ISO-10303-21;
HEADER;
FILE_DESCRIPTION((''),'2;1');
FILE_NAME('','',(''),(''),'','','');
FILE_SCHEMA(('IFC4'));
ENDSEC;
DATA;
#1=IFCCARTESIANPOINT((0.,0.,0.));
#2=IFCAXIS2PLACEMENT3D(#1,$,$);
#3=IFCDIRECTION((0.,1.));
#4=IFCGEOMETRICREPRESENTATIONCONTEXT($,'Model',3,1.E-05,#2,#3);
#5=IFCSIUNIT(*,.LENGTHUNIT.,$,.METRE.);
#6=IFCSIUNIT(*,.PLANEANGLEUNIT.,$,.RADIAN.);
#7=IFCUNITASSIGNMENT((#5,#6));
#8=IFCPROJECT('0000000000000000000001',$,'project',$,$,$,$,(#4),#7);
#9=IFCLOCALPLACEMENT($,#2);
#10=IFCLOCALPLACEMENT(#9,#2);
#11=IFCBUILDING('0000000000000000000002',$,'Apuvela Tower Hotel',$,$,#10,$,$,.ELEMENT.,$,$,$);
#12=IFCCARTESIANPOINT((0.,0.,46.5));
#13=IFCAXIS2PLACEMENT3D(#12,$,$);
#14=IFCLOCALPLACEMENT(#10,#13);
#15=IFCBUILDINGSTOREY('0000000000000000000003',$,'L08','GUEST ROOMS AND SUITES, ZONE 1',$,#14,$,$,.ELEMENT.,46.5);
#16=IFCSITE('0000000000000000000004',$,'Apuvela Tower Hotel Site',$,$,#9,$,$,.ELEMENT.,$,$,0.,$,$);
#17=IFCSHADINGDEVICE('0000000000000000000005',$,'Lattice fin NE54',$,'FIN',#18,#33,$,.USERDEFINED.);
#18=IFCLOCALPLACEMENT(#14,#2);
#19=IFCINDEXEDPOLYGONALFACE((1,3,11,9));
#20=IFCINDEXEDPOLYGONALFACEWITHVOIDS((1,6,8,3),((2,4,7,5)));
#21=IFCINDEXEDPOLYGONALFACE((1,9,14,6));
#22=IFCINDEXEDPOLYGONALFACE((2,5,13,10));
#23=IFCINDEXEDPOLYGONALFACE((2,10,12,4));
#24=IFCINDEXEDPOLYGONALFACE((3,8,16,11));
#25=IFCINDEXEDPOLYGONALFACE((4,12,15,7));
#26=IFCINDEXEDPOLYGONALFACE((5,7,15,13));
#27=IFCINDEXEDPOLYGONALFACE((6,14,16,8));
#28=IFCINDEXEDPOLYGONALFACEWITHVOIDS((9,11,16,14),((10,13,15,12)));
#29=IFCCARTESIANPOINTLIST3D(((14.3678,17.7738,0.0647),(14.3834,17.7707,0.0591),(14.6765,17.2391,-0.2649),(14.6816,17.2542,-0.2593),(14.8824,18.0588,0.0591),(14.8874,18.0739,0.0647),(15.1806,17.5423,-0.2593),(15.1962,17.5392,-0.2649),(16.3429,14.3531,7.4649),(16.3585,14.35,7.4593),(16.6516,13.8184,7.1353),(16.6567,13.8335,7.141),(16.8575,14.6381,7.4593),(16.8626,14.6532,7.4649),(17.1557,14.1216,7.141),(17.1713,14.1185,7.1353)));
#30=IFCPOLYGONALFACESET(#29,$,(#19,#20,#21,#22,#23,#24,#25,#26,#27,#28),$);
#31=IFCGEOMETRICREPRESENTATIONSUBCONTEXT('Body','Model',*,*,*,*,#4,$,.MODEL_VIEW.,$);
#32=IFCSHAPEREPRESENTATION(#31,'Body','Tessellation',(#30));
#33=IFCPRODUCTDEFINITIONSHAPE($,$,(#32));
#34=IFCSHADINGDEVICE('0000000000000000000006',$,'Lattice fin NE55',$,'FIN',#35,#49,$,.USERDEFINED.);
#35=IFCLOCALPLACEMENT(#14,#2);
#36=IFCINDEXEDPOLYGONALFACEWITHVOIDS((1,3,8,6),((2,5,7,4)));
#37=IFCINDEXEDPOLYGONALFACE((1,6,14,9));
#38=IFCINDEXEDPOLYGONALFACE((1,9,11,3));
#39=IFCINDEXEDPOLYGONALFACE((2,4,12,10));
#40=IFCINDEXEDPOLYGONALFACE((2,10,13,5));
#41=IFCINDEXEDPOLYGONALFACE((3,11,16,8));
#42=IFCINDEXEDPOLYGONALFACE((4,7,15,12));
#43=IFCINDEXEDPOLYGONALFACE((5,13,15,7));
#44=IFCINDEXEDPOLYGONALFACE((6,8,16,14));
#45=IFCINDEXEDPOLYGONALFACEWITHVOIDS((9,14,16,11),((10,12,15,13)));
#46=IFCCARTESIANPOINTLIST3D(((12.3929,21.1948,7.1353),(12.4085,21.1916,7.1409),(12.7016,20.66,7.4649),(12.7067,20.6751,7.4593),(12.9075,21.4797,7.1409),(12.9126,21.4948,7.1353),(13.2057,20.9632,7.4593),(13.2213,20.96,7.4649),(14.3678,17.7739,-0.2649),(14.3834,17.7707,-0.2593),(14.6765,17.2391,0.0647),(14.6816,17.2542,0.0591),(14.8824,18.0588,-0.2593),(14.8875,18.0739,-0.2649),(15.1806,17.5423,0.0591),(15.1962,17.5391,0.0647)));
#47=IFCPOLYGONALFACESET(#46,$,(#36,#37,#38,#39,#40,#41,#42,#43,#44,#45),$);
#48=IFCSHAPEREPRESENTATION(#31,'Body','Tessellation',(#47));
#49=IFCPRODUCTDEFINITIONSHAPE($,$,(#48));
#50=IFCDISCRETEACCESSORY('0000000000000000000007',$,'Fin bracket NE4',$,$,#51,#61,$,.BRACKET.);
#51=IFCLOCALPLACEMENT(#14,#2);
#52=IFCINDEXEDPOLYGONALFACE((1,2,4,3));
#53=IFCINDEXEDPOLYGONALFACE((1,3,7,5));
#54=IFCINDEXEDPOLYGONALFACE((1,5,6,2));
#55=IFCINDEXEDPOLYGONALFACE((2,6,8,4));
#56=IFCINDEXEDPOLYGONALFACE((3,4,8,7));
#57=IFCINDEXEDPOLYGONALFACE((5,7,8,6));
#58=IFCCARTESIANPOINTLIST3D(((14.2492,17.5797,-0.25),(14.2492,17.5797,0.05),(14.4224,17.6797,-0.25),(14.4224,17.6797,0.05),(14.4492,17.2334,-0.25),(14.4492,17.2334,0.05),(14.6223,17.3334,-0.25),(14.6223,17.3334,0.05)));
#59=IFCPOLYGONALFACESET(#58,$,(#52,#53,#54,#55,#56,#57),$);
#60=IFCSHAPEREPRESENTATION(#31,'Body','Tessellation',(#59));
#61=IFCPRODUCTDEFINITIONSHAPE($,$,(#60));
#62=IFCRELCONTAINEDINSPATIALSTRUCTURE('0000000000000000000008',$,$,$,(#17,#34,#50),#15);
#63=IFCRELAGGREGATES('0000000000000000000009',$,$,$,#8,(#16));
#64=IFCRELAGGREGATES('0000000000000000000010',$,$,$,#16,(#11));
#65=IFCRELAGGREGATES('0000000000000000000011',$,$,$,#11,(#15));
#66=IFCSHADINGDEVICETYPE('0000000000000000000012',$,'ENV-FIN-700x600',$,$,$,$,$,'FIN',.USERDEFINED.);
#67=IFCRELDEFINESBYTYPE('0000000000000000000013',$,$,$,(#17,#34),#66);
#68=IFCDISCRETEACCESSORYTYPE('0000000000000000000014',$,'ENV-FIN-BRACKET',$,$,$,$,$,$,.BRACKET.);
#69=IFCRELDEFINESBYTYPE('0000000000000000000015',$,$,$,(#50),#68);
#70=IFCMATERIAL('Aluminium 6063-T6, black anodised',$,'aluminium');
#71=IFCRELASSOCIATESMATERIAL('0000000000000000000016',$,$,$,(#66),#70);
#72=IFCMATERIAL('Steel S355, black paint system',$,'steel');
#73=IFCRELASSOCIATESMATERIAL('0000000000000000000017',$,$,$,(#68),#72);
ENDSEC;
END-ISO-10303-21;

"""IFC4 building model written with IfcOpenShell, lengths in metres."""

from ifc_helpers import new_model, si_unit, direction, frame, origin, origin_2d, place, context, subcontext, project, spatial, rectangle, hollow_rectangle, extrude, material, material_profile, profile_set, type_object, element, save


model = new_model("IFC4")

# Units and contexts
model_context = context("Model", 3, precision=1e-05, world=origin(), true_north=direction((0.0, 1.0)))
body_context = subcontext(model_context, "Body", "Model", "MODEL_VIEW")
ifc_project = project(units=[si_unit("LENGTHUNIT", "METRE"), si_unit("PLANEANGLEUNIT", "RADIAN")], contexts=[model_context])

# Site, building, storey
site_placement = place(None, origin())
site = spatial("IfcSite", under=ifc_project, at=site_placement, Name="Apuvela Tower Hotel Site", CompositionType="ELEMENT", RefElevation=0.0)
building_placement = place(site_placement, origin())
building = spatial("IfcBuilding", under=site, at=building_placement, Name="Apuvela Tower Hotel", CompositionType="ELEMENT")
storey_placement = place(building_placement, frame((0.0, 0.0, 46.5)))
storey = spatial("IfcBuildingStorey", under=building, at=storey_placement, Name="L08", Description="GUEST ROOMS AND SUITES, ZONE 1", CompositionType="ELEMENT", Elevation=46.5)

# Shading devices
ifc_material_1 = material(Name="Aluminium 6063-T6, black anodised", Category="aluminium")
ifc_material_profile_1 = material_profile(ifc_material_1, hollow_rectangle(XDim=0.6001, YDim=0.7, WallThickness=0.012, at=origin_2d()), Name="AL BOX 700x600x12")
ifc_profile_set_1 = profile_set([ifc_material_profile_1], Name="Aluminium 6063-T6, black anodised")
shading_device_type = type_object("IfcShadingDeviceType", Name="ENV-FIN-700x600", ElementType="FIN", PredefinedType="USERDEFINED", material=ifc_profile_set_1)
for number, where, z_axis, x_axis, name in (
    (1, (14.782, 17.6565, -0.1001), (0.235458, -0.407787, 0.882196), (0.866005, 0.500035, 0.0), "Lattice fin NE54"),
    (2, (14.782, 17.6565, -0.1001), (-0.235428, 0.407814, 0.882191), (-0.866048, -0.499961, 0.0), "Lattice fin NE55"),
):
    element("IfcShadingDevice", number, at=place(storey_placement, frame(where, z_axis=z_axis, x_axis=x_axis)), inside=storey, type_object=shading_device_type, Name=name, ObjectType="FIN", PredefinedType="USERDEFINED", context=body_context, shape_type="SweptSolid", body=[
        extrude(hollow_rectangle(XDim=0.6001, YDim=0.7, WallThickness=0.012, at=origin_2d()), origin(), (0.0, 0.0, 1.0), 8.3884),
    ])

# Discrete accessory
ifc_material_2 = material(Name="Steel S355, black paint system", Category="steel")
discrete_accessory_type = type_object("IfcDiscreteAccessoryType", Name="ENV-FIN-BRACKET", PredefinedType="BRACKET", material=ifc_material_2)
discrete_accessory_placement = place(storey_placement, frame((14.4358, 17.4565, -0.25), z_axis=(0.0, 0.0, 1.0), x_axis=(-0.5, 0.866025, 0.0)))
element("IfcDiscreteAccessory", 3, at=discrete_accessory_placement, inside=storey, type_object=discrete_accessory_type, Name="Fin bracket NE4", PredefinedType="BRACKET", context=body_context, shape_type="SweptSolid", body=[
    extrude(rectangle(XDim=0.3999, YDim=0.2, at=origin_2d()), origin(), (0.0, 0.0, 1.0), 0.3),
])

save(model, "model.ifc")
